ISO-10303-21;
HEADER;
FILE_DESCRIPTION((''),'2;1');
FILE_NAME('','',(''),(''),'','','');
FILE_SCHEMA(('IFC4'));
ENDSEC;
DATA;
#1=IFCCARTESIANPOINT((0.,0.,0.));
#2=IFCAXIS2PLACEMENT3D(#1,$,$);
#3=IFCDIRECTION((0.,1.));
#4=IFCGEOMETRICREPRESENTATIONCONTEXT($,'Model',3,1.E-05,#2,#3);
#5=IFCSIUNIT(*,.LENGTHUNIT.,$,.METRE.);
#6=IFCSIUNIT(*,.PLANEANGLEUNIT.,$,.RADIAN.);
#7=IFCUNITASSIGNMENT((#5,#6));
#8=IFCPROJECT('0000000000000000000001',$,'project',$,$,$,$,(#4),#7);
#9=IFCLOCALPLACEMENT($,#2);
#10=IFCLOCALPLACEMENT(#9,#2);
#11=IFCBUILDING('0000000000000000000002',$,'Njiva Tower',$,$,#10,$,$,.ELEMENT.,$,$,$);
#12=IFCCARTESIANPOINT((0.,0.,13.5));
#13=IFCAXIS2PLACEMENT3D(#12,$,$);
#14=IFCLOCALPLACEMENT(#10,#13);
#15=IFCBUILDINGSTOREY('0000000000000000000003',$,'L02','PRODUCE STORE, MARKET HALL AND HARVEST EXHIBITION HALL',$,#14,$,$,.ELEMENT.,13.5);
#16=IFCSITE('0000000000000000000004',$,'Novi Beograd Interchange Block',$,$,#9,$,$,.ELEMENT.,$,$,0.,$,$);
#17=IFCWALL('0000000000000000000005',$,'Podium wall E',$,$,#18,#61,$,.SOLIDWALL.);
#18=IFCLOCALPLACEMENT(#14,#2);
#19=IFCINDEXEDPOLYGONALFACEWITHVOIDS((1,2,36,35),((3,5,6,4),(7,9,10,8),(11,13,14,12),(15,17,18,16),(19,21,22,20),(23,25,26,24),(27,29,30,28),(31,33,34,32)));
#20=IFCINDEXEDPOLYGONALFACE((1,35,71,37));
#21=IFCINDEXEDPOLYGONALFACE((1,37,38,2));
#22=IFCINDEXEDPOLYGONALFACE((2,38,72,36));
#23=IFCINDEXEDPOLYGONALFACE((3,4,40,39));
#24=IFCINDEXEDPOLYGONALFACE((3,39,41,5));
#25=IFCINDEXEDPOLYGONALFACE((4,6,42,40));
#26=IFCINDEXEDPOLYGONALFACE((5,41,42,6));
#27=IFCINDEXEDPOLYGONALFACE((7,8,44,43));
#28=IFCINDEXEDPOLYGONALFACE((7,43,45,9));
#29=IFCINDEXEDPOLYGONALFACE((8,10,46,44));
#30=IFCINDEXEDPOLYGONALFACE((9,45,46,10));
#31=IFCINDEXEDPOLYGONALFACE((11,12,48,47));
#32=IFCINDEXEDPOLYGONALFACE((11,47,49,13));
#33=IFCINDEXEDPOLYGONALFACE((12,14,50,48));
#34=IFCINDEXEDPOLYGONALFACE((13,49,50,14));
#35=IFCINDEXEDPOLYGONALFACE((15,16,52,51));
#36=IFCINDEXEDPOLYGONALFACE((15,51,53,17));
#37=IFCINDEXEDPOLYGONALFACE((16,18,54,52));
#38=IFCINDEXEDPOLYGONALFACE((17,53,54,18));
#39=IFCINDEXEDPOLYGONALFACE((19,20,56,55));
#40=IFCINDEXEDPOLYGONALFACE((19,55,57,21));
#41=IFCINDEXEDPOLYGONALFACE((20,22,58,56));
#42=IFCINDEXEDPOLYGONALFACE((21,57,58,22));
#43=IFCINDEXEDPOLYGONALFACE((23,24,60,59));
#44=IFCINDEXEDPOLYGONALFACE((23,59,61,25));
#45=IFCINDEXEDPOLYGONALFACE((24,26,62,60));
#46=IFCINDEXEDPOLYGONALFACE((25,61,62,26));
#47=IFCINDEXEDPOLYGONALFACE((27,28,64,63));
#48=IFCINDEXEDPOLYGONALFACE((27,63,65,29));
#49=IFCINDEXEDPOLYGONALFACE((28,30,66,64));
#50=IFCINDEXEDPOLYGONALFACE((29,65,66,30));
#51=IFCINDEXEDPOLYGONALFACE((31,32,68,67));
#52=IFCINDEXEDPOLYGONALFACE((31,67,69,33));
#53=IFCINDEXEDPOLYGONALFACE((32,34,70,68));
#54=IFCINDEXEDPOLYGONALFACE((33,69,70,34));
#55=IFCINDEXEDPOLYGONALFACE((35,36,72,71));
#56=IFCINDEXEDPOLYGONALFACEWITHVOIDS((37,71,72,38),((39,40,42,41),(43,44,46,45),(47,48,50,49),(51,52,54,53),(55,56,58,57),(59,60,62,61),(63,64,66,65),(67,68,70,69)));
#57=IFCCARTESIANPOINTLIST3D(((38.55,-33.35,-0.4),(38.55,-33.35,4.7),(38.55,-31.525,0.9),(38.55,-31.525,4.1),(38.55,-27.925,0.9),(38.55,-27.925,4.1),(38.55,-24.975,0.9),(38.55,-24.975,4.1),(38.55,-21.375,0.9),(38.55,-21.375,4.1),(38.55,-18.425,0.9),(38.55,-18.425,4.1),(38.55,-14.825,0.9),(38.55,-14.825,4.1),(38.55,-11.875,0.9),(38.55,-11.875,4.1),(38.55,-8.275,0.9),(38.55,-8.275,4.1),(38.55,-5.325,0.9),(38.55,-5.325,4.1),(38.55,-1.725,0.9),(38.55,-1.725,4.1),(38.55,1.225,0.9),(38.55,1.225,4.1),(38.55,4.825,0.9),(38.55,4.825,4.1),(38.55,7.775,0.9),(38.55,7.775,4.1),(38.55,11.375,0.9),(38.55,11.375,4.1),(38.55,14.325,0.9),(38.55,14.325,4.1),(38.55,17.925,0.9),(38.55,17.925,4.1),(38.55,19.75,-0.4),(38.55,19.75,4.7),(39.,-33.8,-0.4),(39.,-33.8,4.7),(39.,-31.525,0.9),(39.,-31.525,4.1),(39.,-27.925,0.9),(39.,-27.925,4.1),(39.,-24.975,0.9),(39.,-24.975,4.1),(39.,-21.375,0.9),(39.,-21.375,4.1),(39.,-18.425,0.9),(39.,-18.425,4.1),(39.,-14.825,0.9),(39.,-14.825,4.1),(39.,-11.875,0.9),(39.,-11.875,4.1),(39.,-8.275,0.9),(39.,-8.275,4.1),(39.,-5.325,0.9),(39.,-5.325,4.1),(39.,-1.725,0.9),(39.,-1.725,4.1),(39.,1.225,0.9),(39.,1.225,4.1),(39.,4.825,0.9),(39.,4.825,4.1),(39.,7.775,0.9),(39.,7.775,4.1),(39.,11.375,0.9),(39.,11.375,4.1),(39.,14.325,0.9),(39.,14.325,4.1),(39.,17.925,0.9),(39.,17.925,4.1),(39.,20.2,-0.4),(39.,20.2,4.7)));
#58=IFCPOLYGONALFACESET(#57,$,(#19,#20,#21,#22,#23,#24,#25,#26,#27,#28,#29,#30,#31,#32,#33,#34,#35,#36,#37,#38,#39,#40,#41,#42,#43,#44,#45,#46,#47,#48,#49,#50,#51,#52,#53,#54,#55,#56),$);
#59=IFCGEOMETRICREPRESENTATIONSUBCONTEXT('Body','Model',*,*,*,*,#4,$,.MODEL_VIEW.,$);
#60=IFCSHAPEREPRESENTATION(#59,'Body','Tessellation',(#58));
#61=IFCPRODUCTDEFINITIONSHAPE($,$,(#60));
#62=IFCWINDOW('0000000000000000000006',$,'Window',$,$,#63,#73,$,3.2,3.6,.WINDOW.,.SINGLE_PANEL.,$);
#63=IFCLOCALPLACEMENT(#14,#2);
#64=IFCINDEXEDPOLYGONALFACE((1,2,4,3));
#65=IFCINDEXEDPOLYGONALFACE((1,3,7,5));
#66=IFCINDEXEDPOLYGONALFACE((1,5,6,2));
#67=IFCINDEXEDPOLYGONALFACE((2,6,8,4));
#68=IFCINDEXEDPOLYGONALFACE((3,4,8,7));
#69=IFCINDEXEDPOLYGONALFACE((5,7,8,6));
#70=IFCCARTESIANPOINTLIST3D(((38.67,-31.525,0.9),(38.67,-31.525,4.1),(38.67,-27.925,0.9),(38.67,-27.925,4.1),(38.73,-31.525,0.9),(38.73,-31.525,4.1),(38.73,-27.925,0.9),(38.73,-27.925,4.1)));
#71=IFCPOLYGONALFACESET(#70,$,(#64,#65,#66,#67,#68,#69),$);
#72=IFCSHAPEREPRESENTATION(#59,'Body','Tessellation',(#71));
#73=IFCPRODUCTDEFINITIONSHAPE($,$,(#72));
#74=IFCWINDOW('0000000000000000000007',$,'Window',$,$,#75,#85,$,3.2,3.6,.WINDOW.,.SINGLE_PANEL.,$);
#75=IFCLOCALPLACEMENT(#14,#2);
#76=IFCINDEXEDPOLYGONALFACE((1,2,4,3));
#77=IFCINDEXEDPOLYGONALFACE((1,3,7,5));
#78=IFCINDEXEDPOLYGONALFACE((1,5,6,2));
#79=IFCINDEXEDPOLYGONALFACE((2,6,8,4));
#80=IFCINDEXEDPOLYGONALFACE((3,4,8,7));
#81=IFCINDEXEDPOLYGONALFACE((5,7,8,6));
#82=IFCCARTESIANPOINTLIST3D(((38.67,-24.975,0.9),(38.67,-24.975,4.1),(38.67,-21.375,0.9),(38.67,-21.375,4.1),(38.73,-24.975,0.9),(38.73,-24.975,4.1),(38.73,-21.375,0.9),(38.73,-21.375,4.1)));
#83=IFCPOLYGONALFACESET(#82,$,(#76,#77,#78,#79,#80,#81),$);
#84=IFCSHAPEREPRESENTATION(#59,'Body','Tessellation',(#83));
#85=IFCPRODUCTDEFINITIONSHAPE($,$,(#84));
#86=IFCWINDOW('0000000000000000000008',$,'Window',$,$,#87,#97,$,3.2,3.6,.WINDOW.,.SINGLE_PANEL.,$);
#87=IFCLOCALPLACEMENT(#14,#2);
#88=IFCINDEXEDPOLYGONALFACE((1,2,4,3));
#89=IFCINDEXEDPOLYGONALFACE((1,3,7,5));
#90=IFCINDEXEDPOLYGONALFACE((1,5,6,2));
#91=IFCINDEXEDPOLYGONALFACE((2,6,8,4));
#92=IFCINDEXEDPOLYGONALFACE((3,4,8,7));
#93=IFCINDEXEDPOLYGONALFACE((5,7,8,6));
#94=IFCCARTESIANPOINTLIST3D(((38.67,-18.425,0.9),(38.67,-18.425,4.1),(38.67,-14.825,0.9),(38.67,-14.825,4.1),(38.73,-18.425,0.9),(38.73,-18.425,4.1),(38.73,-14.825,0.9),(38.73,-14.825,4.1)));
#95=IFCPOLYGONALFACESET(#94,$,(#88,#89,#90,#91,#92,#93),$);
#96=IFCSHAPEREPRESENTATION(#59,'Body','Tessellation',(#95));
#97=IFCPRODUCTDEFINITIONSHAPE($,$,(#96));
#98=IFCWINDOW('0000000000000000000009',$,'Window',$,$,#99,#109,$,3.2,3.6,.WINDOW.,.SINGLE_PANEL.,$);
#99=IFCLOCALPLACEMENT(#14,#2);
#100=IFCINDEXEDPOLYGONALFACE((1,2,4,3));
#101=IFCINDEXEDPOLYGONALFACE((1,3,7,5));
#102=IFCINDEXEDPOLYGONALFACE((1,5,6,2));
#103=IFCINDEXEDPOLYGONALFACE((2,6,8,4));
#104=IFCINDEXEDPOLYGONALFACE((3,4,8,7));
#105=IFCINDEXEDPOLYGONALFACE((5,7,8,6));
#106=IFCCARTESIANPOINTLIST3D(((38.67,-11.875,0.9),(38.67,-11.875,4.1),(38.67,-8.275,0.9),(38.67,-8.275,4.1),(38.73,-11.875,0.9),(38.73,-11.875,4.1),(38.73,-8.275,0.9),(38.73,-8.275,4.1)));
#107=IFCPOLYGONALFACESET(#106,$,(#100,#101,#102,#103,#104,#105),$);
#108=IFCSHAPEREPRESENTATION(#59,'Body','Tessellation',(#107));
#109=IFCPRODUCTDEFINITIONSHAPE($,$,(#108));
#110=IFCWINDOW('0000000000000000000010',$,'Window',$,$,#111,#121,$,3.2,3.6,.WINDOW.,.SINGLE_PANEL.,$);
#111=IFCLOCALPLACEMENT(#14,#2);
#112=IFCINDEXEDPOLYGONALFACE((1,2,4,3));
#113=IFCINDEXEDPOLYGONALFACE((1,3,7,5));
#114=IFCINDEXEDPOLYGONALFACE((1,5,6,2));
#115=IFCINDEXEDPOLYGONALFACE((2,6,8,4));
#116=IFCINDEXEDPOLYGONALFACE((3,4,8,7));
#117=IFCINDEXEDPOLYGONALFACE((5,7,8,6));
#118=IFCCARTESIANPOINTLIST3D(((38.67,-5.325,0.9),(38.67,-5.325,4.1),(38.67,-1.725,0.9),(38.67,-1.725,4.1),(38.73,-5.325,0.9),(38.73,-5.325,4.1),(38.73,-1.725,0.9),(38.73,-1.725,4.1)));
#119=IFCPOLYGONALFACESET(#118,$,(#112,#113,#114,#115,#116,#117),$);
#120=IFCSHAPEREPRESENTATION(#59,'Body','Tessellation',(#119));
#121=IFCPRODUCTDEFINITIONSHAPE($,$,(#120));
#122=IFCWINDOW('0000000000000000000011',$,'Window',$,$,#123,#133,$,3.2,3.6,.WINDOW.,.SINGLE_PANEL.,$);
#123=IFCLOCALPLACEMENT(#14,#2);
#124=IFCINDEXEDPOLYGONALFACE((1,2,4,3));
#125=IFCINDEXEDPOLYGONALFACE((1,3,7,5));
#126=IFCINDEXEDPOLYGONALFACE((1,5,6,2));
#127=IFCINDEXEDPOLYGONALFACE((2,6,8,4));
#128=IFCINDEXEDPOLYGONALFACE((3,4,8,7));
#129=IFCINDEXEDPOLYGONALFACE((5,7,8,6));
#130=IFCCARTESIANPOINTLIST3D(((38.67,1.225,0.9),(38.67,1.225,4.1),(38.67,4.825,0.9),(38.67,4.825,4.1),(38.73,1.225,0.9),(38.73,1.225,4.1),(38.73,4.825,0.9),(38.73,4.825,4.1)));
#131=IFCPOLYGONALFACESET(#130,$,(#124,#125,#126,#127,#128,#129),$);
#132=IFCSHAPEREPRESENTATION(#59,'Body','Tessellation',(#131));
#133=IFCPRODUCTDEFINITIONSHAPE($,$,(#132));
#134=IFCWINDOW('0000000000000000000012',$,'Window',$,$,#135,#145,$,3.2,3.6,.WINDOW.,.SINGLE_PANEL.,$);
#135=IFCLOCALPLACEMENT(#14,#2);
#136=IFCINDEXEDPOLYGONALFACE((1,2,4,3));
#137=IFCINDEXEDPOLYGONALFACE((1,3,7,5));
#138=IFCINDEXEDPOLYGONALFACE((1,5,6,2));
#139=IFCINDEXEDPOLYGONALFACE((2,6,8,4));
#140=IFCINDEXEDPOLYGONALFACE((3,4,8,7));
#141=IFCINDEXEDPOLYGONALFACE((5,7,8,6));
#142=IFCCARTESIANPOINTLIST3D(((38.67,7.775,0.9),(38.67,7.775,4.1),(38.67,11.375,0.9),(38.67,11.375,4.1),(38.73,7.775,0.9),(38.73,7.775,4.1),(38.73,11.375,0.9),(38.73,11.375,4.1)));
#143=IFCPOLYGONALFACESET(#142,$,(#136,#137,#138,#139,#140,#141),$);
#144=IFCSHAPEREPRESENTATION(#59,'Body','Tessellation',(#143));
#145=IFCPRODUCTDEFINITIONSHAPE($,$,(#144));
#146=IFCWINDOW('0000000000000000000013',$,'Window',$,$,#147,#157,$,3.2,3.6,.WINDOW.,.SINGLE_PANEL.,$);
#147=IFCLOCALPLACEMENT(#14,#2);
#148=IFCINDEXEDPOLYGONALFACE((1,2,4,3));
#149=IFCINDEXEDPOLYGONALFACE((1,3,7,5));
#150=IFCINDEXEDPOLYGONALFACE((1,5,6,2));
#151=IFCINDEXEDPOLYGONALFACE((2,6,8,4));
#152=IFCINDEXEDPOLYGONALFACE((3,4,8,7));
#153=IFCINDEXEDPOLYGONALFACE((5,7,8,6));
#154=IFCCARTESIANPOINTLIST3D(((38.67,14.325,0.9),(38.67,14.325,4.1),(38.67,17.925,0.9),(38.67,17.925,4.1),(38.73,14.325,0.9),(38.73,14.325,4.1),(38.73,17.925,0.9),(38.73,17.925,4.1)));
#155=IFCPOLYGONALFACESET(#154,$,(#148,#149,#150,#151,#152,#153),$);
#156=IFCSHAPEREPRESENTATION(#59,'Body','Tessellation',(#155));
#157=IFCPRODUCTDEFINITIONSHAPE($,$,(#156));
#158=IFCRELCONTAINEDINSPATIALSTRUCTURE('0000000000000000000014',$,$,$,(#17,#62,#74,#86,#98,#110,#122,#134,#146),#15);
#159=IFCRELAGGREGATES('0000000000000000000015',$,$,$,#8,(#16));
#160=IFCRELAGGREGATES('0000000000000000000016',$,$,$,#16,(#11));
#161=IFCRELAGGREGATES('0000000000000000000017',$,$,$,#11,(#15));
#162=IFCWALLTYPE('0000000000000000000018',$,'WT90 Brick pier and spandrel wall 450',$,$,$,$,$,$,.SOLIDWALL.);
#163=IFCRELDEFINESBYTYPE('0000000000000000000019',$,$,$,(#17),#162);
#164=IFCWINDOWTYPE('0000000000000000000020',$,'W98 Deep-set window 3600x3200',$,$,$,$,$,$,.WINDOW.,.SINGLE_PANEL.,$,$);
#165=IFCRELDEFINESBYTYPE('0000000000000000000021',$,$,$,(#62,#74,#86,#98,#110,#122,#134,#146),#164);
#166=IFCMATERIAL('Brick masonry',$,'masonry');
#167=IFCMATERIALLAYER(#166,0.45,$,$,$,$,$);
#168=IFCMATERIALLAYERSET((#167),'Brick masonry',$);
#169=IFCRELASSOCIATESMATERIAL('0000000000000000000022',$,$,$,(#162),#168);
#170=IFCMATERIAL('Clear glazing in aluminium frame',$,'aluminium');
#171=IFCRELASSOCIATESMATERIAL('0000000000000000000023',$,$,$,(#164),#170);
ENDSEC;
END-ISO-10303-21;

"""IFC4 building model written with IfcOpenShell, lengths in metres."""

from ifc_helpers import new_model, si_unit, direction, frame, frame_2d, origin, place, context, subcontext, project, spatial, polyline, rectangle, outline, extrude, material, layer, layer_set, type_object, element, fill, save


model = new_model("IFC4")

# Units and contexts
model_context = context("Model", 3, precision=1e-05, world=origin(), true_north=direction((0.0, 1.0)))
body_context = subcontext(model_context, "Body", "Model", "MODEL_VIEW")
ifc_project = project(units=[si_unit("LENGTHUNIT", "METRE"), si_unit("PLANEANGLEUNIT", "RADIAN")], contexts=[model_context])

# Site, building, storey
site_placement = place(None, origin())
site = spatial("IfcSite", under=ifc_project, at=site_placement, Name="Novi Beograd Interchange Block", CompositionType="ELEMENT", RefElevation=0.0)
building_placement = place(site_placement, origin())
building = spatial("IfcBuilding", under=site, at=building_placement, Name="Njiva Tower", CompositionType="ELEMENT")
storey_placement = place(building_placement, frame((0.0, 0.0, 13.5)))
storey = spatial("IfcBuildingStorey", under=building, at=storey_placement, Name="L02", Description="PRODUCE STORE, MARKET HALL AND HARVEST EXHIBITION HALL", CompositionType="ELEMENT", Elevation=13.5)

# Wall, openings, windows
ifc_material_1 = material(Name="Brick masonry", Category="masonry")
ifc_layer_1 = layer(ifc_material_1, 0.45)
ifc_layer_set_1 = layer_set([ifc_layer_1], Name="Brick masonry")
wall_type_1 = type_object("IfcWallType", Name="WT90 Brick pier and spandrel wall 450", PredefinedType="SOLIDWALL", material=ifc_layer_set_1)
wall_1_placement = place(storey_placement, frame((38.775, -33.575, -0.4), z_axis=(0.0, 0.0, 1.0), x_axis=(0.0, 1.0, 0.0)))
wall_1 = element("IfcWall", 1, at=wall_1_placement, inside=storey, type_object=wall_type_1, Name="Podium wall E", PredefinedType="SOLIDWALL", context=body_context, shape_type="SweptSolid", body=[
    extrude(outline(polyline([(-0.225, -0.225), (53.775, -0.225), (53.325, 0.225), (0.225, 0.225), (-0.225, -0.225)])), origin(), (0.0, 0.0, 1.0), 5.1),
])
opening_1_placement = place(wall_1_placement, frame((2.05, 0.0, 1.3)))
opening_1 = element("IfcOpeningElement", 2, at=opening_1_placement, cuts=wall_1, PredefinedType="OPENING", context=body_context, shape_type="SweptSolid", body=[
    extrude(rectangle(XDim=3.6, YDim=3.2, at=frame_2d((1.8, 1.6))), frame((0.0, 0.235, 0.0), z_axis=(0.0, -1.0, 0.0), x_axis=(1.0, 0.0, 0.0)), (0.0, 0.0, 1.0), 0.47),
])
opening_2_placement = place(wall_1_placement, frame((8.6, 0.0, 1.3)))
opening_2 = element("IfcOpeningElement", 3, at=opening_2_placement, cuts=wall_1, PredefinedType="OPENING", context=body_context, shape_type="SweptSolid", body=[
    extrude(rectangle(XDim=3.6, YDim=3.2, at=frame_2d((1.8, 1.6))), frame((0.0, 0.235, 0.0), z_axis=(0.0, -1.0, 0.0), x_axis=(1.0, 0.0, 0.0)), (0.0, 0.0, 1.0), 0.47),
])
opening_3_placement = place(wall_1_placement, frame((15.15, 0.0, 1.3)))
opening_3 = element("IfcOpeningElement", 4, at=opening_3_placement, cuts=wall_1, PredefinedType="OPENING", context=body_context, shape_type="SweptSolid", body=[
    extrude(rectangle(XDim=3.6, YDim=3.2, at=frame_2d((1.8, 1.6))), frame((0.0, 0.235, 0.0), z_axis=(0.0, -1.0, 0.0), x_axis=(1.0, 0.0, 0.0)), (0.0, 0.0, 1.0), 0.47),
])
opening_4_placement = place(wall_1_placement, frame((21.7, 0.0, 1.3)))
opening_4 = element("IfcOpeningElement", 5, at=opening_4_placement, cuts=wall_1, PredefinedType="OPENING", context=body_context, shape_type="SweptSolid", body=[
    extrude(rectangle(XDim=3.6, YDim=3.2, at=frame_2d((1.8, 1.6))), frame((0.0, 0.235, 0.0), z_axis=(0.0, -1.0, 0.0), x_axis=(1.0, 0.0, 0.0)), (0.0, 0.0, 1.0), 0.47),
])
opening_5_placement = place(wall_1_placement, frame((28.25, 0.0, 1.3)))
opening_5 = element("IfcOpeningElement", 6, at=opening_5_placement, cuts=wall_1, PredefinedType="OPENING", context=body_context, shape_type="SweptSolid", body=[
    extrude(rectangle(XDim=3.6, YDim=3.2, at=frame_2d((1.8, 1.6))), frame((0.0, 0.235, 0.0), z_axis=(0.0, -1.0, 0.0), x_axis=(1.0, 0.0, 0.0)), (0.0, 0.0, 1.0), 0.47),
])
opening_6_placement = place(wall_1_placement, frame((34.8, 0.0, 1.3)))
opening_6 = element("IfcOpeningElement", 7, at=opening_6_placement, cuts=wall_1, PredefinedType="OPENING", context=body_context, shape_type="SweptSolid", body=[
    extrude(rectangle(XDim=3.6, YDim=3.2, at=frame_2d((1.8, 1.6))), frame((0.0, 0.235, 0.0), z_axis=(0.0, -1.0, 0.0), x_axis=(1.0, 0.0, 0.0)), (0.0, 0.0, 1.0), 0.47),
])
opening_7_placement = place(wall_1_placement, frame((41.35, 0.0, 1.3)))
opening_7 = element("IfcOpeningElement", 8, at=opening_7_placement, cuts=wall_1, PredefinedType="OPENING", context=body_context, shape_type="SweptSolid", body=[
    extrude(rectangle(XDim=3.6, YDim=3.2, at=frame_2d((1.8, 1.6))), frame((0.0, 0.235, 0.0), z_axis=(0.0, -1.0, 0.0), x_axis=(1.0, 0.0, 0.0)), (0.0, 0.0, 1.0), 0.47),
])
opening_8_placement = place(wall_1_placement, frame((47.9, 0.0, 1.3)))
opening_8 = element("IfcOpeningElement", 9, at=opening_8_placement, cuts=wall_1, PredefinedType="OPENING", context=body_context, shape_type="SweptSolid", body=[
    extrude(rectangle(XDim=3.6, YDim=3.2, at=frame_2d((1.8, 1.6))), frame((0.0, 0.235, 0.0), z_axis=(0.0, -1.0, 0.0), x_axis=(1.0, 0.0, 0.0)), (0.0, 0.0, 1.0), 0.47),
])
ifc_material_2 = material(Name="Clear glazing in aluminium frame", Category="aluminium")
window_type = type_object("IfcWindowType", Name="W98 Deep-set window 3600x3200", PartitioningType="SINGLE_PANEL", PredefinedType="WINDOW", material=ifc_material_2)
window_1_placement = place(opening_1_placement, origin())
window_1 = element("IfcWindow", 10, at=window_1_placement, inside=storey, type_object=window_type, Name="Window", OverallHeight=3.2, OverallWidth=3.6, PartitioningType="SINGLE_PANEL", PredefinedType="WINDOW", context=body_context, shape_type="SweptSolid", body=[
    extrude(rectangle(XDim=3.6, YDim=3.2, at=frame_2d((1.8, 1.6))), frame((0.0, 0.105, 0.0), z_axis=(0.0, -1.0, 0.0), x_axis=(1.0, 0.0, 0.0)), (0.0, 0.0, 1.0), 0.06),
])
fill(opening_1, window_1)
window_2_placement = place(opening_2_placement, origin())
window_2 = element("IfcWindow", 11, at=window_2_placement, inside=storey, type_object=window_type, Name="Window", OverallHeight=3.2, OverallWidth=3.6, PartitioningType="SINGLE_PANEL", PredefinedType="WINDOW", context=body_context, shape_type="SweptSolid", body=[
    extrude(rectangle(XDim=3.6, YDim=3.2, at=frame_2d((1.8, 1.6))), frame((0.0, 0.105, 0.0), z_axis=(0.0, -1.0, 0.0), x_axis=(1.0, 0.0, 0.0)), (0.0, 0.0, 1.0), 0.06),
])
fill(opening_2, window_2)
window_3_placement = place(opening_3_placement, origin())
window_3 = element("IfcWindow", 12, at=window_3_placement, inside=storey, type_object=window_type, Name="Window", OverallHeight=3.2, OverallWidth=3.6, PartitioningType="SINGLE_PANEL", PredefinedType="WINDOW", context=body_context, shape_type="SweptSolid", body=[
    extrude(rectangle(XDim=3.6, YDim=3.2, at=frame_2d((1.8, 1.6))), frame((0.0, 0.105, 0.0), z_axis=(0.0, -1.0, 0.0), x_axis=(1.0, 0.0, 0.0)), (0.0, 0.0, 1.0), 0.06),
])
fill(opening_3, window_3)
window_4_placement = place(opening_4_placement, origin())
window_4 = element("IfcWindow", 13, at=window_4_placement, inside=storey, type_object=window_type, Name="Window", OverallHeight=3.2, OverallWidth=3.6, PartitioningType="SINGLE_PANEL", PredefinedType="WINDOW", context=body_context, shape_type="SweptSolid", body=[
    extrude(rectangle(XDim=3.6, YDim=3.2, at=frame_2d((1.8, 1.6))), frame((0.0, 0.105, 0.0), z_axis=(0.0, -1.0, 0.0), x_axis=(1.0, 0.0, 0.0)), (0.0, 0.0, 1.0), 0.06),
])
fill(opening_4, window_4)
window_5_placement = place(opening_5_placement, origin())
window_5 = element("IfcWindow", 14, at=window_5_placement, inside=storey, type_object=window_type, Name="Window", OverallHeight=3.2, OverallWidth=3.6, PartitioningType="SINGLE_PANEL", PredefinedType="WINDOW", context=body_context, shape_type="SweptSolid", body=[
    extrude(rectangle(XDim=3.6, YDim=3.2, at=frame_2d((1.8, 1.6))), frame((0.0, 0.105, 0.0), z_axis=(0.0, -1.0, 0.0), x_axis=(1.0, 0.0, 0.0)), (0.0, 0.0, 1.0), 0.06),
])
fill(opening_5, window_5)
window_6_placement = place(opening_6_placement, origin())
window_6 = element("IfcWindow", 15, at=window_6_placement, inside=storey, type_object=window_type, Name="Window", OverallHeight=3.2, OverallWidth=3.6, PartitioningType="SINGLE_PANEL", PredefinedType="WINDOW", context=body_context, shape_type="SweptSolid", body=[
    extrude(rectangle(XDim=3.6, YDim=3.2, at=frame_2d((1.8, 1.6))), frame((0.0, 0.105, 0.0), z_axis=(0.0, -1.0, 0.0), x_axis=(1.0, 0.0, 0.0)), (0.0, 0.0, 1.0), 0.06),
])
fill(opening_6, window_6)
window_7_placement = place(opening_7_placement, origin())
window_7 = element("IfcWindow", 16, at=window_7_placement, inside=storey, type_object=window_type, Name="Window", OverallHeight=3.2, OverallWidth=3.6, PartitioningType="SINGLE_PANEL", PredefinedType="WINDOW", context=body_context, shape_type="SweptSolid", body=[
    extrude(rectangle(XDim=3.6, YDim=3.2, at=frame_2d((1.8, 1.6))), frame((0.0, 0.105, 0.0), z_axis=(0.0, -1.0, 0.0), x_axis=(1.0, 0.0, 0.0)), (0.0, 0.0, 1.0), 0.06),
])
fill(opening_7, window_7)
window_8_placement = place(opening_8_placement, origin())
window_8 = element("IfcWindow", 17, at=window_8_placement, inside=storey, type_object=window_type, Name="Window", OverallHeight=3.2, OverallWidth=3.6, PartitioningType="SINGLE_PANEL", PredefinedType="WINDOW", context=body_context, shape_type="SweptSolid", body=[
    extrude(rectangle(XDim=3.6, YDim=3.2, at=frame_2d((1.8, 1.6))), frame((0.0, 0.105, 0.0), z_axis=(0.0, -1.0, 0.0), x_axis=(1.0, 0.0, 0.0)), (0.0, 0.0, 1.0), 0.06),
])
fill(opening_8, window_8)

save(model, "model.ifc")
